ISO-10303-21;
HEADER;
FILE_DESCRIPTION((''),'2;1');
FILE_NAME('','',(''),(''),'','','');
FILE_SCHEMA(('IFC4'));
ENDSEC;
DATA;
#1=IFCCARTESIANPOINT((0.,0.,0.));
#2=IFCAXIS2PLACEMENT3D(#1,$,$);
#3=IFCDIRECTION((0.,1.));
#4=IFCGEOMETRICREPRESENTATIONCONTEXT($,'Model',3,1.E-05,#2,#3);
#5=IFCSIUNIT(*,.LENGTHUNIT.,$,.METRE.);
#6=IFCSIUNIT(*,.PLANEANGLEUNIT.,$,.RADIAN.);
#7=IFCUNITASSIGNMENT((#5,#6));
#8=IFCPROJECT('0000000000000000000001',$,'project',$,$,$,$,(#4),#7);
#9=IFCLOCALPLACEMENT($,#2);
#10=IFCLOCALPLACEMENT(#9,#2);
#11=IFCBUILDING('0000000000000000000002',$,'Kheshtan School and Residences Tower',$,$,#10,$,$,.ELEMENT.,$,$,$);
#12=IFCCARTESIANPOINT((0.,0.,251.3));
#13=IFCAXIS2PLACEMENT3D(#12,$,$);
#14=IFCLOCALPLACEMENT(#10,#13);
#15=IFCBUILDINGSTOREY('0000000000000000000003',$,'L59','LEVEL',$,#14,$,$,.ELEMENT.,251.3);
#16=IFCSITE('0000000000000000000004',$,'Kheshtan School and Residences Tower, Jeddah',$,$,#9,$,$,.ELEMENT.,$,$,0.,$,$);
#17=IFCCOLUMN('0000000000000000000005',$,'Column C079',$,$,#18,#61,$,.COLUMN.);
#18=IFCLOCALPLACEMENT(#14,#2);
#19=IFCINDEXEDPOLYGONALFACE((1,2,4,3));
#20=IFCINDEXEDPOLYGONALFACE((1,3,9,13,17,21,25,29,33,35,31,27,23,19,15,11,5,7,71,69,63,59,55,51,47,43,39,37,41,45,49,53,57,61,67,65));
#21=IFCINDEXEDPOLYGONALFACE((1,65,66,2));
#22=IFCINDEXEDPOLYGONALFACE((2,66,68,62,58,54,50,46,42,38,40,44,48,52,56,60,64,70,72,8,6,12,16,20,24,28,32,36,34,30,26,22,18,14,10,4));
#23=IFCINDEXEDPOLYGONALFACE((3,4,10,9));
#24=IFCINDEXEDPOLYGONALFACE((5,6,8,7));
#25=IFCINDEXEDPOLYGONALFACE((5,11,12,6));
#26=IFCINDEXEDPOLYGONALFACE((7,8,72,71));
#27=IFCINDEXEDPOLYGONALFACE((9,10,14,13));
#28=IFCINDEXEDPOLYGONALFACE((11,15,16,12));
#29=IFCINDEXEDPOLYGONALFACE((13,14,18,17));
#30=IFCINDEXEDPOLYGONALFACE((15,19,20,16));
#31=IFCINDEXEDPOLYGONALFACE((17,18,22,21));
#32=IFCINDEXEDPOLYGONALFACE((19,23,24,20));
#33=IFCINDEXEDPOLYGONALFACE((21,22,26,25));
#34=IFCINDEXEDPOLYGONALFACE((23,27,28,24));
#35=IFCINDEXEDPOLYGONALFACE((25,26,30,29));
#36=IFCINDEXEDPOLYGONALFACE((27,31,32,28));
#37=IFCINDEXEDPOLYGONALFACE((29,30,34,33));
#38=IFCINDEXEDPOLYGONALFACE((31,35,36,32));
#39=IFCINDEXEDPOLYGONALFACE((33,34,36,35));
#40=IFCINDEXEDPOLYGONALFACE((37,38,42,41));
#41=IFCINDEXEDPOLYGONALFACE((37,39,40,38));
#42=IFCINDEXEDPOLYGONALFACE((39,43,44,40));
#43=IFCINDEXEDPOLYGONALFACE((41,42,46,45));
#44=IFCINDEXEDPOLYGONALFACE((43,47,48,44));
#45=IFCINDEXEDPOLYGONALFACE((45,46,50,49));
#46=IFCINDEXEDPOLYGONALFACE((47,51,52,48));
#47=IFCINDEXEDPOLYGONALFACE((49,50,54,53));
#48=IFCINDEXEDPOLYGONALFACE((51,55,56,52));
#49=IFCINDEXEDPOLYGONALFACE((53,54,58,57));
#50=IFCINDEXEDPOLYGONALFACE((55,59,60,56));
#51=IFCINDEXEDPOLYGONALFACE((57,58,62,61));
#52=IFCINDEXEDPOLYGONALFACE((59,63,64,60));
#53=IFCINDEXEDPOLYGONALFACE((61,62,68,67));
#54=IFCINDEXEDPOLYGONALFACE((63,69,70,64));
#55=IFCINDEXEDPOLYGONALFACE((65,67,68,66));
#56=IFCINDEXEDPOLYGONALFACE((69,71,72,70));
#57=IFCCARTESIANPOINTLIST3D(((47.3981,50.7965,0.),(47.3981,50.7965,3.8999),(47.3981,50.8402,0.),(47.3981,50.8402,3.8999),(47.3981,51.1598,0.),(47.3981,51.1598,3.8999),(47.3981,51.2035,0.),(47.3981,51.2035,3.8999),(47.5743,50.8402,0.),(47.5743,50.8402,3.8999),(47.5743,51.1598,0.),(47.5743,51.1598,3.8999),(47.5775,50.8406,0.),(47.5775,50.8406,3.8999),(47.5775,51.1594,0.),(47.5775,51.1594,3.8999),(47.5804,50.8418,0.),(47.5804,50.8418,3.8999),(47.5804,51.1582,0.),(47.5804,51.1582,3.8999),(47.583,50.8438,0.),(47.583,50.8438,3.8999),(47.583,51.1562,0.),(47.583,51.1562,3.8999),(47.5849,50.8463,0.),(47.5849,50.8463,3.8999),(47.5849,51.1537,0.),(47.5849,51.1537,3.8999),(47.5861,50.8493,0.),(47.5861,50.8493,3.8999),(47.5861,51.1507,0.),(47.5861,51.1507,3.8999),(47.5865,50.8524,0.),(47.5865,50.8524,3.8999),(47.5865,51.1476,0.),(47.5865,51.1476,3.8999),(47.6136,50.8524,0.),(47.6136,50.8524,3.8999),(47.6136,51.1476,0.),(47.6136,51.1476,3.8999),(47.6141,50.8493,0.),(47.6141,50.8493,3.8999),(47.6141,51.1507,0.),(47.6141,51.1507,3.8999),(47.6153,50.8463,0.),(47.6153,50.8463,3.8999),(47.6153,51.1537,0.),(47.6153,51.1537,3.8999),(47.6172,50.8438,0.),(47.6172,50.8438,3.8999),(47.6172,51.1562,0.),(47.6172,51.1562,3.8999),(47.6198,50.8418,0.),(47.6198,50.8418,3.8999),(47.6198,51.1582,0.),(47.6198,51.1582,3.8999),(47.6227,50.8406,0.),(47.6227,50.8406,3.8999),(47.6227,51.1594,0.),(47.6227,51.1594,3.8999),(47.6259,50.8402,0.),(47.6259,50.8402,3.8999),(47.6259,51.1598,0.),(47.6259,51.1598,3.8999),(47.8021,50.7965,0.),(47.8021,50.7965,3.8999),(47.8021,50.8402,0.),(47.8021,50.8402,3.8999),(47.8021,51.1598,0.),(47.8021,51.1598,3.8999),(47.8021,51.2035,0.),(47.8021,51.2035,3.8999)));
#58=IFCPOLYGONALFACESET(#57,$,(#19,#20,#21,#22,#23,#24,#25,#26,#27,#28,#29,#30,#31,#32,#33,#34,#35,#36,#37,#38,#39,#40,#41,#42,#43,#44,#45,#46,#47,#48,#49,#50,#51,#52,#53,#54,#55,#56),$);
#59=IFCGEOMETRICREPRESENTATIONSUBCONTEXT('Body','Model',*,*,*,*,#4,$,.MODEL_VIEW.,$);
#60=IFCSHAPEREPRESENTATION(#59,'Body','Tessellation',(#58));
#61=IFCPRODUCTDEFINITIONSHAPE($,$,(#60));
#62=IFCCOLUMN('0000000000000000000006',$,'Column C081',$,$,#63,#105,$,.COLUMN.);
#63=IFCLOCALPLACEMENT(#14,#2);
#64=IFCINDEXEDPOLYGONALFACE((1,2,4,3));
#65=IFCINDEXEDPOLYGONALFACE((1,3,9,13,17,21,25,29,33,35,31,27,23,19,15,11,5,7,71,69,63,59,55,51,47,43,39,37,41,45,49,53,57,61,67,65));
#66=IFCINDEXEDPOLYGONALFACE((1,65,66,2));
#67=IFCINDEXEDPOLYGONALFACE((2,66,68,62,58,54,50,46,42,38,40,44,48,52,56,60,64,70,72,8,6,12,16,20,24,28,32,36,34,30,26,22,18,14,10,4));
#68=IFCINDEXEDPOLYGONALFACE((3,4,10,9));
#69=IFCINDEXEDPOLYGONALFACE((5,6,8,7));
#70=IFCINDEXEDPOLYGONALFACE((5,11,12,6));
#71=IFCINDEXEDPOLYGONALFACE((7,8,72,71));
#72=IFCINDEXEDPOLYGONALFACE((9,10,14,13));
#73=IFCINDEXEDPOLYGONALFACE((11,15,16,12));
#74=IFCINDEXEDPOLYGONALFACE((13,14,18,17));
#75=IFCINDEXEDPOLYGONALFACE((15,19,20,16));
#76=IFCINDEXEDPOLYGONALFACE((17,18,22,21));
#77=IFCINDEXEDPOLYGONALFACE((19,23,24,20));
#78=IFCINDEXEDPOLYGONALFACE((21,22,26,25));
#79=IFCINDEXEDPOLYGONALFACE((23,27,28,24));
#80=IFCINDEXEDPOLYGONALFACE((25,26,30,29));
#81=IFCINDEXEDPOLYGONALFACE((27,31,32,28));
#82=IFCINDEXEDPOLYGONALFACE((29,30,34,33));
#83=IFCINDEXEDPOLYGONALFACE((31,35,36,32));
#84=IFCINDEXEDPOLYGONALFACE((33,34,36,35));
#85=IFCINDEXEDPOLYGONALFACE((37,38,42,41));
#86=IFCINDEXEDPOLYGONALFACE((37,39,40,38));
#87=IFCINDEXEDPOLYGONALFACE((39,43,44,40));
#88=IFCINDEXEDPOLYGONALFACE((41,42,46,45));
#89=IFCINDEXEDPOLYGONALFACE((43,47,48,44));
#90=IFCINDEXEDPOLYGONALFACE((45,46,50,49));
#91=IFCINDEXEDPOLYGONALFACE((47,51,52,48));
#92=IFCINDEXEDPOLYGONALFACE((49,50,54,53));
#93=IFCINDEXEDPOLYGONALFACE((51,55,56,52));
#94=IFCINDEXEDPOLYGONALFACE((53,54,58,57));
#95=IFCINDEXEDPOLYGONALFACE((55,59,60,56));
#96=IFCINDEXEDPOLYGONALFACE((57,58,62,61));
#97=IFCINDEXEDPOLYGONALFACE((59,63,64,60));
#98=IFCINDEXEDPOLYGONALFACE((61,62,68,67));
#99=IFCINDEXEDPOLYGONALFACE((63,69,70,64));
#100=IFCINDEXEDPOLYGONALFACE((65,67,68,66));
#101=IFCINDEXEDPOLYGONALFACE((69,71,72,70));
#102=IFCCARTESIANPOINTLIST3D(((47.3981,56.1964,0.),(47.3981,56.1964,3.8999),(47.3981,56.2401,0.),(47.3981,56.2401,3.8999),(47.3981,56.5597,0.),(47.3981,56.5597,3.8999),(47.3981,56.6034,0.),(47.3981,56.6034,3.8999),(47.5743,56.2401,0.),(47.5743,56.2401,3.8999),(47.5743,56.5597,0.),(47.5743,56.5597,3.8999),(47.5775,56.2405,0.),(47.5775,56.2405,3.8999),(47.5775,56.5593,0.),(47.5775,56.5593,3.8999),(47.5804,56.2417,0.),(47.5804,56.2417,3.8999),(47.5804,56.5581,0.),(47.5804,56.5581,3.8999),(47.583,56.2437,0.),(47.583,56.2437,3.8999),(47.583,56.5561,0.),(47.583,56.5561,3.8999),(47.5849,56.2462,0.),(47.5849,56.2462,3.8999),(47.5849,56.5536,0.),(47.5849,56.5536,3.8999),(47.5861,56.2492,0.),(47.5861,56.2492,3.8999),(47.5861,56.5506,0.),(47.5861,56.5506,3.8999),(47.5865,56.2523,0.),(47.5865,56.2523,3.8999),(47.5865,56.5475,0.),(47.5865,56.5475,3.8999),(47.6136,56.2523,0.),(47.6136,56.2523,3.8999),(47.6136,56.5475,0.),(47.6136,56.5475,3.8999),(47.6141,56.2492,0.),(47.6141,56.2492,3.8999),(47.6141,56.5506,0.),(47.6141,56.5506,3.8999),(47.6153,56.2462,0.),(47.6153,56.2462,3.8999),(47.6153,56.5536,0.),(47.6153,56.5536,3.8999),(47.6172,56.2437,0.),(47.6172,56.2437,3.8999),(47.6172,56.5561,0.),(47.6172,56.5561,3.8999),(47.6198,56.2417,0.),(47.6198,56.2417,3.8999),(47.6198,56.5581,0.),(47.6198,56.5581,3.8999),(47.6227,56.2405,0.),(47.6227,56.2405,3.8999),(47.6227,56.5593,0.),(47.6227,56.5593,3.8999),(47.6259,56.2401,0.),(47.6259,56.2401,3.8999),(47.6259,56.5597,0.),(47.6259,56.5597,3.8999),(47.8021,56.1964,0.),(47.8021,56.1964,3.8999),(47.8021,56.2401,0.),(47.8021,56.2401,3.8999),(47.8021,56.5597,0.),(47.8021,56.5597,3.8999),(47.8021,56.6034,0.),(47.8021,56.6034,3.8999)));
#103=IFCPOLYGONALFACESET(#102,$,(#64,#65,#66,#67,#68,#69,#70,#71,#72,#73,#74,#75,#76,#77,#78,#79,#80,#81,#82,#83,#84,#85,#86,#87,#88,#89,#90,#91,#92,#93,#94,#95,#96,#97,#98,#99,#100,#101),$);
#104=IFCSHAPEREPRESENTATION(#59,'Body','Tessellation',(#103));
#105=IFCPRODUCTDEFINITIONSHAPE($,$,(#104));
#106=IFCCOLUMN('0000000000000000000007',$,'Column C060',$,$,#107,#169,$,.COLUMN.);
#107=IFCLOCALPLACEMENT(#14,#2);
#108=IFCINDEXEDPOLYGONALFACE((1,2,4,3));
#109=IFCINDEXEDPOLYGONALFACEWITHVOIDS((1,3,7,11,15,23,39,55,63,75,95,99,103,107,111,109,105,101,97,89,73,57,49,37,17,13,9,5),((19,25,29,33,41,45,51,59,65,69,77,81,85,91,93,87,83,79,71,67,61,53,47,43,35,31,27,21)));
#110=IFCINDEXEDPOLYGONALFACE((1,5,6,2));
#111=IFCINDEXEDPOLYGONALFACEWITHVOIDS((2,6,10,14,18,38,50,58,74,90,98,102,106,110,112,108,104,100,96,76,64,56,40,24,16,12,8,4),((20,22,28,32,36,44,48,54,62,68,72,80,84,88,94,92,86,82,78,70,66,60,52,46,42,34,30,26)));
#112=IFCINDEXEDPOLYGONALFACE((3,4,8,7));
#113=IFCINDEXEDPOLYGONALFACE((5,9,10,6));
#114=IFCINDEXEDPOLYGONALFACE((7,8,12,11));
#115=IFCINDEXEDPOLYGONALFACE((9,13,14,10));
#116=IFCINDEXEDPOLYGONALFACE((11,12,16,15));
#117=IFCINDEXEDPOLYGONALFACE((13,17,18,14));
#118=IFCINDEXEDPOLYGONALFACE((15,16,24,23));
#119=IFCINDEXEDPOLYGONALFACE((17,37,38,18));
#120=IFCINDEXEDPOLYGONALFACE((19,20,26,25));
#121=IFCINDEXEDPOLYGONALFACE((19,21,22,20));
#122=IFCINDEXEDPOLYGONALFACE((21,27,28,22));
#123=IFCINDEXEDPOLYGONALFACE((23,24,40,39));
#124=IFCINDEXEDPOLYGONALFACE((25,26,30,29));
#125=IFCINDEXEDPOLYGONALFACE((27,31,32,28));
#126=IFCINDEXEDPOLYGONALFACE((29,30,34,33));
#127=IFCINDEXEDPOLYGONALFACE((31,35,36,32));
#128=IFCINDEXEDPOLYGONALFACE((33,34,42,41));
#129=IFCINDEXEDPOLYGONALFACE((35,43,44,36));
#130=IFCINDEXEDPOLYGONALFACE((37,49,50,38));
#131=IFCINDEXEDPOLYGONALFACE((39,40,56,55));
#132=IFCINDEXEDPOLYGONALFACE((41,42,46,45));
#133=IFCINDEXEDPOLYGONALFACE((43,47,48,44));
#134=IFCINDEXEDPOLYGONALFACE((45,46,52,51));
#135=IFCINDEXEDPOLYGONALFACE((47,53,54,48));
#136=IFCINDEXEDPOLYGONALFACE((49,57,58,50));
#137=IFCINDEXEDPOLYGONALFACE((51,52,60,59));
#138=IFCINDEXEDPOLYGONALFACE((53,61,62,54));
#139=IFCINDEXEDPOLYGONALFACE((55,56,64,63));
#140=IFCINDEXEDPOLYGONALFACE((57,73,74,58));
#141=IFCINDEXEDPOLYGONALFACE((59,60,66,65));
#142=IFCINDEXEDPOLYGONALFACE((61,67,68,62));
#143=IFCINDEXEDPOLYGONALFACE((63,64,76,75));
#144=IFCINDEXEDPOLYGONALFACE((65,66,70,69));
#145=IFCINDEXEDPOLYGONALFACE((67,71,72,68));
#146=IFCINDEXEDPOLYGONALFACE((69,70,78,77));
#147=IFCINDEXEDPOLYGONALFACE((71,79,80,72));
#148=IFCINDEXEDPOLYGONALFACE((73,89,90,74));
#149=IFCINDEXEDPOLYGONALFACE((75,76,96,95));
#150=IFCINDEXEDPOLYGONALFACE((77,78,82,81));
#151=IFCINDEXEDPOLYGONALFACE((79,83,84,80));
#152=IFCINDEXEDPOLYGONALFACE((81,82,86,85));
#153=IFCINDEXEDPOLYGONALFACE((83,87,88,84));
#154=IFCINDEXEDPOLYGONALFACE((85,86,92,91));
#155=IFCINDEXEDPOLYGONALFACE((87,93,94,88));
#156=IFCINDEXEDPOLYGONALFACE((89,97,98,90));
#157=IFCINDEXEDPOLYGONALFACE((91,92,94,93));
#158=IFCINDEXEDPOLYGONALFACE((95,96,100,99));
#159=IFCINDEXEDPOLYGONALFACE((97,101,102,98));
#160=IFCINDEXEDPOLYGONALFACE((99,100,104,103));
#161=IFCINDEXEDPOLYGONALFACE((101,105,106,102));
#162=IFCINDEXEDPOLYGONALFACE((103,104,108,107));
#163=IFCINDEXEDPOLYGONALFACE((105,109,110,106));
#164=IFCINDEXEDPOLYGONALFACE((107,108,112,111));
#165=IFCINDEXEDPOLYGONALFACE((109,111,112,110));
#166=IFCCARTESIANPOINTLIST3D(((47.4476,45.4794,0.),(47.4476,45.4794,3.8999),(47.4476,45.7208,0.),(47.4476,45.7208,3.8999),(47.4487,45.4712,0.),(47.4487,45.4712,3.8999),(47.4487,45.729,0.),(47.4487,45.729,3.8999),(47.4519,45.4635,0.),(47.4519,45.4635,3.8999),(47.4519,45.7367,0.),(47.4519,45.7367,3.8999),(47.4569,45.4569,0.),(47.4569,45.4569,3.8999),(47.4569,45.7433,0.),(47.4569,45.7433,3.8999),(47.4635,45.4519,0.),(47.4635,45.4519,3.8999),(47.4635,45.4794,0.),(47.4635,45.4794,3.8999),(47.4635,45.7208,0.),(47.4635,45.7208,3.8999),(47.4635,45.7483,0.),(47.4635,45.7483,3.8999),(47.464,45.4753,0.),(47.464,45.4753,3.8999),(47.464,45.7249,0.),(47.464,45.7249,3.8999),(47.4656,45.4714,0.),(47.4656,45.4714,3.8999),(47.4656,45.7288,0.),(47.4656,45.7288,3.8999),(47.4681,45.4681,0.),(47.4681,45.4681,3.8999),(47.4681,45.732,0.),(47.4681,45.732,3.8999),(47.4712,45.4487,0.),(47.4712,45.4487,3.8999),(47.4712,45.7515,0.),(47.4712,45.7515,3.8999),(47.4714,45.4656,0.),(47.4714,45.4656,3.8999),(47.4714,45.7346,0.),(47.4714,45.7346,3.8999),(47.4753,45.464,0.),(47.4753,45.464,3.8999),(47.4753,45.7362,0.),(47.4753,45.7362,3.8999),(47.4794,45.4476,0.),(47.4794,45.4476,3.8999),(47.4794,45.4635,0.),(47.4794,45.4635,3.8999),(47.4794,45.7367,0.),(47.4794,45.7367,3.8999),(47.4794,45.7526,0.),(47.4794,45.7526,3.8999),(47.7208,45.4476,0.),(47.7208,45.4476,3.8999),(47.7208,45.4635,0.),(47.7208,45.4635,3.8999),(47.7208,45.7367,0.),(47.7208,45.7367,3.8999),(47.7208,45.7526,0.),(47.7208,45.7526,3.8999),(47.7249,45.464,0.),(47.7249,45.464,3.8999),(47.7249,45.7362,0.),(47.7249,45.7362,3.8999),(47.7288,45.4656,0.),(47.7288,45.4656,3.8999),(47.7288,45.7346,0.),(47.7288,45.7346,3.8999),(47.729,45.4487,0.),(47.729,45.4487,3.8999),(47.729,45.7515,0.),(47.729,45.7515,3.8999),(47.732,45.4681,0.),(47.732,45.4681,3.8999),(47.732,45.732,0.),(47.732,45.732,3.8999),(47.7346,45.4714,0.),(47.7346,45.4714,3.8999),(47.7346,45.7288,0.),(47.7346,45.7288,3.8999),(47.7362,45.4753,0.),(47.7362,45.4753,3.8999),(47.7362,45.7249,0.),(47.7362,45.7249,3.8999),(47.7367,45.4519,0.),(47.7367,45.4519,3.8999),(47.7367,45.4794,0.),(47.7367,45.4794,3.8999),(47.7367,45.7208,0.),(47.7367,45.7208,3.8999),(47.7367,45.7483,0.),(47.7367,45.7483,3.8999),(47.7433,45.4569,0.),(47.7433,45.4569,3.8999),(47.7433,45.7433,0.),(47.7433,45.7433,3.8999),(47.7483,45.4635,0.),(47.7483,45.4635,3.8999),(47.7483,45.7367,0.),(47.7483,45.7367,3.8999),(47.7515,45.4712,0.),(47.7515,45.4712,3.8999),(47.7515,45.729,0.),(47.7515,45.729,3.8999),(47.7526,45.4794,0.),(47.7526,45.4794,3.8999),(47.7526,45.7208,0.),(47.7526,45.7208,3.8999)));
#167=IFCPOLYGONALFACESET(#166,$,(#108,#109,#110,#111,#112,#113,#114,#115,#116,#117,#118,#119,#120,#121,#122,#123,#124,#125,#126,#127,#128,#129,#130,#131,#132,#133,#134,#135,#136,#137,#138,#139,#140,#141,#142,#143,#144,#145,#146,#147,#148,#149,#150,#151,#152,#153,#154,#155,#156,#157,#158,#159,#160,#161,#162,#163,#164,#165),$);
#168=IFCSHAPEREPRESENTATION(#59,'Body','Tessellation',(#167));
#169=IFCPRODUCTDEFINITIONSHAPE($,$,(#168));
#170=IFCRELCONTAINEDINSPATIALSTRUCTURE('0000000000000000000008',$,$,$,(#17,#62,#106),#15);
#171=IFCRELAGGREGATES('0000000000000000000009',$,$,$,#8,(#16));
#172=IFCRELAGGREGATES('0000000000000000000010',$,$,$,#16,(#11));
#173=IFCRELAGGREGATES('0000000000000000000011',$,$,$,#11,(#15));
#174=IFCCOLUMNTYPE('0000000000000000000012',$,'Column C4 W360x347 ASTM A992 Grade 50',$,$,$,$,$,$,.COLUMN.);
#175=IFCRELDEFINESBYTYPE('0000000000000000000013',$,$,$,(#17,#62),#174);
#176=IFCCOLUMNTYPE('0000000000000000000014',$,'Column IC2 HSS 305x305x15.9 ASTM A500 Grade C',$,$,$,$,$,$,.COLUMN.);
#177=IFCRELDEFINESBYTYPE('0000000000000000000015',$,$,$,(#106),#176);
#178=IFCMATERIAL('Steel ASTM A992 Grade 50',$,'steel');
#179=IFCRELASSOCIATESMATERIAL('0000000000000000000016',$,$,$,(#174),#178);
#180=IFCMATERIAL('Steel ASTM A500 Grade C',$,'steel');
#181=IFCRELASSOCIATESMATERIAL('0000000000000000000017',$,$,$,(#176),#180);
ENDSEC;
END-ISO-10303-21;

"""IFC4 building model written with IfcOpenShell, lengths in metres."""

from ifc_helpers import new_model, si_unit, direction, frame, origin, origin_2d, place, context, subcontext, project, spatial, hollow_rectangle, i_section, extrude, material, material_profile, profile_set, type_object, element, save


model = new_model("IFC4")

# Units and contexts
model_context = context("Model", 3, precision=1e-05, world=origin(), true_north=direction((0.0, 1.0)))
body_context = subcontext(model_context, "Body", "Model", "MODEL_VIEW")
ifc_project = project(units=[si_unit("LENGTHUNIT", "METRE"), si_unit("PLANEANGLEUNIT", "RADIAN")], contexts=[model_context])

# Site, building, storey
site_placement = place(None, origin())
site = spatial("IfcSite", under=ifc_project, at=site_placement, Name="Kheshtan School and Residences Tower, Jeddah", CompositionType="ELEMENT", RefElevation=0.0)
building_placement = place(site_placement, origin())
building = spatial("IfcBuilding", under=site, at=building_placement, Name="Kheshtan School and Residences Tower", CompositionType="ELEMENT")
storey_placement = place(building_placement, frame((0.0, 0.0, 251.3)))
storey = spatial("IfcBuildingStorey", under=building, at=storey_placement, Name="L59", Description="LEVEL", CompositionType="ELEMENT", Elevation=251.3)

# Columns
ifc_material_1 = material(Name="Steel ASTM A992 Grade 50", Category="steel")
ifc_material_profile_1 = material_profile(ifc_material_1, i_section(OverallWidth=0.4041, OverallDepth=0.407, WebThickness=0.0271, FlangeThickness=0.0437, FilletRadius=0.0122, at=origin_2d()), Name="W360x347")
ifc_profile_set_1 = profile_set([ifc_material_profile_1], Name="Steel ASTM A992 Grade 50")
column_type_1 = type_object("IfcColumnType", Name="Column C4 W360x347 ASTM A992 Grade 50", PredefinedType="COLUMN", material=ifc_profile_set_1)
for number, where, z_axis, x_axis, name in (
    (1, (47.6001, 51.0, 0.0), (0.0, 0.0, 1.0), (1.0, 0.0, 0.0), "Column C079"),
    (2, (47.6001, 56.3999, 0.0), (0.0, 0.0, 1.0), (1.0, 0.0, 0.0), "Column C081"),
):
    element("IfcColumn", number, at=place(storey_placement, frame(where, z_axis=z_axis, x_axis=x_axis)), inside=storey, type_object=column_type_1, Name=name, PredefinedType="COLUMN", context=body_context, shape_type="SweptSolid", body=[
        extrude(i_section(OverallWidth=0.4041, OverallDepth=0.407, WebThickness=0.0271, FlangeThickness=0.0437, FilletRadius=0.0122, at=origin_2d()), origin(), (0.0, 0.0, 1.0), 3.8999),
    ])
ifc_material_2 = material(Name="Steel ASTM A500 Grade C", Category="steel")
ifc_material_profile_2 = material_profile(ifc_material_2, hollow_rectangle(XDim=0.3049, YDim=0.3049, WallThickness=0.0159, InnerFilletRadius=0.0159, OuterFilletRadius=0.0317, at=origin_2d()), Name="HSS 305x305x15.9")
ifc_profile_set_2 = profile_set([ifc_material_profile_2], Name="Steel ASTM A500 Grade C")
column_type_2 = type_object("IfcColumnType", Name="Column IC2 HSS 305x305x15.9 ASTM A500 Grade C", PredefinedType="COLUMN", material=ifc_profile_set_2)
column_placement = place(storey_placement, frame((47.6001, 45.6001, 0.0), z_axis=(0.0, 0.0, 1.0), x_axis=(1.0, 0.0, 0.0)))
element("IfcColumn", 3, at=column_placement, inside=storey, type_object=column_type_2, Name="Column C060", PredefinedType="COLUMN", context=body_context, shape_type="SweptSolid", body=[
    extrude(hollow_rectangle(XDim=0.3049, YDim=0.3049, WallThickness=0.0159, InnerFilletRadius=0.0159, OuterFilletRadius=0.0317, at=origin_2d()), origin(), (0.0, 0.0, 1.0), 3.8999),
])

save(model, "model.ifc")
